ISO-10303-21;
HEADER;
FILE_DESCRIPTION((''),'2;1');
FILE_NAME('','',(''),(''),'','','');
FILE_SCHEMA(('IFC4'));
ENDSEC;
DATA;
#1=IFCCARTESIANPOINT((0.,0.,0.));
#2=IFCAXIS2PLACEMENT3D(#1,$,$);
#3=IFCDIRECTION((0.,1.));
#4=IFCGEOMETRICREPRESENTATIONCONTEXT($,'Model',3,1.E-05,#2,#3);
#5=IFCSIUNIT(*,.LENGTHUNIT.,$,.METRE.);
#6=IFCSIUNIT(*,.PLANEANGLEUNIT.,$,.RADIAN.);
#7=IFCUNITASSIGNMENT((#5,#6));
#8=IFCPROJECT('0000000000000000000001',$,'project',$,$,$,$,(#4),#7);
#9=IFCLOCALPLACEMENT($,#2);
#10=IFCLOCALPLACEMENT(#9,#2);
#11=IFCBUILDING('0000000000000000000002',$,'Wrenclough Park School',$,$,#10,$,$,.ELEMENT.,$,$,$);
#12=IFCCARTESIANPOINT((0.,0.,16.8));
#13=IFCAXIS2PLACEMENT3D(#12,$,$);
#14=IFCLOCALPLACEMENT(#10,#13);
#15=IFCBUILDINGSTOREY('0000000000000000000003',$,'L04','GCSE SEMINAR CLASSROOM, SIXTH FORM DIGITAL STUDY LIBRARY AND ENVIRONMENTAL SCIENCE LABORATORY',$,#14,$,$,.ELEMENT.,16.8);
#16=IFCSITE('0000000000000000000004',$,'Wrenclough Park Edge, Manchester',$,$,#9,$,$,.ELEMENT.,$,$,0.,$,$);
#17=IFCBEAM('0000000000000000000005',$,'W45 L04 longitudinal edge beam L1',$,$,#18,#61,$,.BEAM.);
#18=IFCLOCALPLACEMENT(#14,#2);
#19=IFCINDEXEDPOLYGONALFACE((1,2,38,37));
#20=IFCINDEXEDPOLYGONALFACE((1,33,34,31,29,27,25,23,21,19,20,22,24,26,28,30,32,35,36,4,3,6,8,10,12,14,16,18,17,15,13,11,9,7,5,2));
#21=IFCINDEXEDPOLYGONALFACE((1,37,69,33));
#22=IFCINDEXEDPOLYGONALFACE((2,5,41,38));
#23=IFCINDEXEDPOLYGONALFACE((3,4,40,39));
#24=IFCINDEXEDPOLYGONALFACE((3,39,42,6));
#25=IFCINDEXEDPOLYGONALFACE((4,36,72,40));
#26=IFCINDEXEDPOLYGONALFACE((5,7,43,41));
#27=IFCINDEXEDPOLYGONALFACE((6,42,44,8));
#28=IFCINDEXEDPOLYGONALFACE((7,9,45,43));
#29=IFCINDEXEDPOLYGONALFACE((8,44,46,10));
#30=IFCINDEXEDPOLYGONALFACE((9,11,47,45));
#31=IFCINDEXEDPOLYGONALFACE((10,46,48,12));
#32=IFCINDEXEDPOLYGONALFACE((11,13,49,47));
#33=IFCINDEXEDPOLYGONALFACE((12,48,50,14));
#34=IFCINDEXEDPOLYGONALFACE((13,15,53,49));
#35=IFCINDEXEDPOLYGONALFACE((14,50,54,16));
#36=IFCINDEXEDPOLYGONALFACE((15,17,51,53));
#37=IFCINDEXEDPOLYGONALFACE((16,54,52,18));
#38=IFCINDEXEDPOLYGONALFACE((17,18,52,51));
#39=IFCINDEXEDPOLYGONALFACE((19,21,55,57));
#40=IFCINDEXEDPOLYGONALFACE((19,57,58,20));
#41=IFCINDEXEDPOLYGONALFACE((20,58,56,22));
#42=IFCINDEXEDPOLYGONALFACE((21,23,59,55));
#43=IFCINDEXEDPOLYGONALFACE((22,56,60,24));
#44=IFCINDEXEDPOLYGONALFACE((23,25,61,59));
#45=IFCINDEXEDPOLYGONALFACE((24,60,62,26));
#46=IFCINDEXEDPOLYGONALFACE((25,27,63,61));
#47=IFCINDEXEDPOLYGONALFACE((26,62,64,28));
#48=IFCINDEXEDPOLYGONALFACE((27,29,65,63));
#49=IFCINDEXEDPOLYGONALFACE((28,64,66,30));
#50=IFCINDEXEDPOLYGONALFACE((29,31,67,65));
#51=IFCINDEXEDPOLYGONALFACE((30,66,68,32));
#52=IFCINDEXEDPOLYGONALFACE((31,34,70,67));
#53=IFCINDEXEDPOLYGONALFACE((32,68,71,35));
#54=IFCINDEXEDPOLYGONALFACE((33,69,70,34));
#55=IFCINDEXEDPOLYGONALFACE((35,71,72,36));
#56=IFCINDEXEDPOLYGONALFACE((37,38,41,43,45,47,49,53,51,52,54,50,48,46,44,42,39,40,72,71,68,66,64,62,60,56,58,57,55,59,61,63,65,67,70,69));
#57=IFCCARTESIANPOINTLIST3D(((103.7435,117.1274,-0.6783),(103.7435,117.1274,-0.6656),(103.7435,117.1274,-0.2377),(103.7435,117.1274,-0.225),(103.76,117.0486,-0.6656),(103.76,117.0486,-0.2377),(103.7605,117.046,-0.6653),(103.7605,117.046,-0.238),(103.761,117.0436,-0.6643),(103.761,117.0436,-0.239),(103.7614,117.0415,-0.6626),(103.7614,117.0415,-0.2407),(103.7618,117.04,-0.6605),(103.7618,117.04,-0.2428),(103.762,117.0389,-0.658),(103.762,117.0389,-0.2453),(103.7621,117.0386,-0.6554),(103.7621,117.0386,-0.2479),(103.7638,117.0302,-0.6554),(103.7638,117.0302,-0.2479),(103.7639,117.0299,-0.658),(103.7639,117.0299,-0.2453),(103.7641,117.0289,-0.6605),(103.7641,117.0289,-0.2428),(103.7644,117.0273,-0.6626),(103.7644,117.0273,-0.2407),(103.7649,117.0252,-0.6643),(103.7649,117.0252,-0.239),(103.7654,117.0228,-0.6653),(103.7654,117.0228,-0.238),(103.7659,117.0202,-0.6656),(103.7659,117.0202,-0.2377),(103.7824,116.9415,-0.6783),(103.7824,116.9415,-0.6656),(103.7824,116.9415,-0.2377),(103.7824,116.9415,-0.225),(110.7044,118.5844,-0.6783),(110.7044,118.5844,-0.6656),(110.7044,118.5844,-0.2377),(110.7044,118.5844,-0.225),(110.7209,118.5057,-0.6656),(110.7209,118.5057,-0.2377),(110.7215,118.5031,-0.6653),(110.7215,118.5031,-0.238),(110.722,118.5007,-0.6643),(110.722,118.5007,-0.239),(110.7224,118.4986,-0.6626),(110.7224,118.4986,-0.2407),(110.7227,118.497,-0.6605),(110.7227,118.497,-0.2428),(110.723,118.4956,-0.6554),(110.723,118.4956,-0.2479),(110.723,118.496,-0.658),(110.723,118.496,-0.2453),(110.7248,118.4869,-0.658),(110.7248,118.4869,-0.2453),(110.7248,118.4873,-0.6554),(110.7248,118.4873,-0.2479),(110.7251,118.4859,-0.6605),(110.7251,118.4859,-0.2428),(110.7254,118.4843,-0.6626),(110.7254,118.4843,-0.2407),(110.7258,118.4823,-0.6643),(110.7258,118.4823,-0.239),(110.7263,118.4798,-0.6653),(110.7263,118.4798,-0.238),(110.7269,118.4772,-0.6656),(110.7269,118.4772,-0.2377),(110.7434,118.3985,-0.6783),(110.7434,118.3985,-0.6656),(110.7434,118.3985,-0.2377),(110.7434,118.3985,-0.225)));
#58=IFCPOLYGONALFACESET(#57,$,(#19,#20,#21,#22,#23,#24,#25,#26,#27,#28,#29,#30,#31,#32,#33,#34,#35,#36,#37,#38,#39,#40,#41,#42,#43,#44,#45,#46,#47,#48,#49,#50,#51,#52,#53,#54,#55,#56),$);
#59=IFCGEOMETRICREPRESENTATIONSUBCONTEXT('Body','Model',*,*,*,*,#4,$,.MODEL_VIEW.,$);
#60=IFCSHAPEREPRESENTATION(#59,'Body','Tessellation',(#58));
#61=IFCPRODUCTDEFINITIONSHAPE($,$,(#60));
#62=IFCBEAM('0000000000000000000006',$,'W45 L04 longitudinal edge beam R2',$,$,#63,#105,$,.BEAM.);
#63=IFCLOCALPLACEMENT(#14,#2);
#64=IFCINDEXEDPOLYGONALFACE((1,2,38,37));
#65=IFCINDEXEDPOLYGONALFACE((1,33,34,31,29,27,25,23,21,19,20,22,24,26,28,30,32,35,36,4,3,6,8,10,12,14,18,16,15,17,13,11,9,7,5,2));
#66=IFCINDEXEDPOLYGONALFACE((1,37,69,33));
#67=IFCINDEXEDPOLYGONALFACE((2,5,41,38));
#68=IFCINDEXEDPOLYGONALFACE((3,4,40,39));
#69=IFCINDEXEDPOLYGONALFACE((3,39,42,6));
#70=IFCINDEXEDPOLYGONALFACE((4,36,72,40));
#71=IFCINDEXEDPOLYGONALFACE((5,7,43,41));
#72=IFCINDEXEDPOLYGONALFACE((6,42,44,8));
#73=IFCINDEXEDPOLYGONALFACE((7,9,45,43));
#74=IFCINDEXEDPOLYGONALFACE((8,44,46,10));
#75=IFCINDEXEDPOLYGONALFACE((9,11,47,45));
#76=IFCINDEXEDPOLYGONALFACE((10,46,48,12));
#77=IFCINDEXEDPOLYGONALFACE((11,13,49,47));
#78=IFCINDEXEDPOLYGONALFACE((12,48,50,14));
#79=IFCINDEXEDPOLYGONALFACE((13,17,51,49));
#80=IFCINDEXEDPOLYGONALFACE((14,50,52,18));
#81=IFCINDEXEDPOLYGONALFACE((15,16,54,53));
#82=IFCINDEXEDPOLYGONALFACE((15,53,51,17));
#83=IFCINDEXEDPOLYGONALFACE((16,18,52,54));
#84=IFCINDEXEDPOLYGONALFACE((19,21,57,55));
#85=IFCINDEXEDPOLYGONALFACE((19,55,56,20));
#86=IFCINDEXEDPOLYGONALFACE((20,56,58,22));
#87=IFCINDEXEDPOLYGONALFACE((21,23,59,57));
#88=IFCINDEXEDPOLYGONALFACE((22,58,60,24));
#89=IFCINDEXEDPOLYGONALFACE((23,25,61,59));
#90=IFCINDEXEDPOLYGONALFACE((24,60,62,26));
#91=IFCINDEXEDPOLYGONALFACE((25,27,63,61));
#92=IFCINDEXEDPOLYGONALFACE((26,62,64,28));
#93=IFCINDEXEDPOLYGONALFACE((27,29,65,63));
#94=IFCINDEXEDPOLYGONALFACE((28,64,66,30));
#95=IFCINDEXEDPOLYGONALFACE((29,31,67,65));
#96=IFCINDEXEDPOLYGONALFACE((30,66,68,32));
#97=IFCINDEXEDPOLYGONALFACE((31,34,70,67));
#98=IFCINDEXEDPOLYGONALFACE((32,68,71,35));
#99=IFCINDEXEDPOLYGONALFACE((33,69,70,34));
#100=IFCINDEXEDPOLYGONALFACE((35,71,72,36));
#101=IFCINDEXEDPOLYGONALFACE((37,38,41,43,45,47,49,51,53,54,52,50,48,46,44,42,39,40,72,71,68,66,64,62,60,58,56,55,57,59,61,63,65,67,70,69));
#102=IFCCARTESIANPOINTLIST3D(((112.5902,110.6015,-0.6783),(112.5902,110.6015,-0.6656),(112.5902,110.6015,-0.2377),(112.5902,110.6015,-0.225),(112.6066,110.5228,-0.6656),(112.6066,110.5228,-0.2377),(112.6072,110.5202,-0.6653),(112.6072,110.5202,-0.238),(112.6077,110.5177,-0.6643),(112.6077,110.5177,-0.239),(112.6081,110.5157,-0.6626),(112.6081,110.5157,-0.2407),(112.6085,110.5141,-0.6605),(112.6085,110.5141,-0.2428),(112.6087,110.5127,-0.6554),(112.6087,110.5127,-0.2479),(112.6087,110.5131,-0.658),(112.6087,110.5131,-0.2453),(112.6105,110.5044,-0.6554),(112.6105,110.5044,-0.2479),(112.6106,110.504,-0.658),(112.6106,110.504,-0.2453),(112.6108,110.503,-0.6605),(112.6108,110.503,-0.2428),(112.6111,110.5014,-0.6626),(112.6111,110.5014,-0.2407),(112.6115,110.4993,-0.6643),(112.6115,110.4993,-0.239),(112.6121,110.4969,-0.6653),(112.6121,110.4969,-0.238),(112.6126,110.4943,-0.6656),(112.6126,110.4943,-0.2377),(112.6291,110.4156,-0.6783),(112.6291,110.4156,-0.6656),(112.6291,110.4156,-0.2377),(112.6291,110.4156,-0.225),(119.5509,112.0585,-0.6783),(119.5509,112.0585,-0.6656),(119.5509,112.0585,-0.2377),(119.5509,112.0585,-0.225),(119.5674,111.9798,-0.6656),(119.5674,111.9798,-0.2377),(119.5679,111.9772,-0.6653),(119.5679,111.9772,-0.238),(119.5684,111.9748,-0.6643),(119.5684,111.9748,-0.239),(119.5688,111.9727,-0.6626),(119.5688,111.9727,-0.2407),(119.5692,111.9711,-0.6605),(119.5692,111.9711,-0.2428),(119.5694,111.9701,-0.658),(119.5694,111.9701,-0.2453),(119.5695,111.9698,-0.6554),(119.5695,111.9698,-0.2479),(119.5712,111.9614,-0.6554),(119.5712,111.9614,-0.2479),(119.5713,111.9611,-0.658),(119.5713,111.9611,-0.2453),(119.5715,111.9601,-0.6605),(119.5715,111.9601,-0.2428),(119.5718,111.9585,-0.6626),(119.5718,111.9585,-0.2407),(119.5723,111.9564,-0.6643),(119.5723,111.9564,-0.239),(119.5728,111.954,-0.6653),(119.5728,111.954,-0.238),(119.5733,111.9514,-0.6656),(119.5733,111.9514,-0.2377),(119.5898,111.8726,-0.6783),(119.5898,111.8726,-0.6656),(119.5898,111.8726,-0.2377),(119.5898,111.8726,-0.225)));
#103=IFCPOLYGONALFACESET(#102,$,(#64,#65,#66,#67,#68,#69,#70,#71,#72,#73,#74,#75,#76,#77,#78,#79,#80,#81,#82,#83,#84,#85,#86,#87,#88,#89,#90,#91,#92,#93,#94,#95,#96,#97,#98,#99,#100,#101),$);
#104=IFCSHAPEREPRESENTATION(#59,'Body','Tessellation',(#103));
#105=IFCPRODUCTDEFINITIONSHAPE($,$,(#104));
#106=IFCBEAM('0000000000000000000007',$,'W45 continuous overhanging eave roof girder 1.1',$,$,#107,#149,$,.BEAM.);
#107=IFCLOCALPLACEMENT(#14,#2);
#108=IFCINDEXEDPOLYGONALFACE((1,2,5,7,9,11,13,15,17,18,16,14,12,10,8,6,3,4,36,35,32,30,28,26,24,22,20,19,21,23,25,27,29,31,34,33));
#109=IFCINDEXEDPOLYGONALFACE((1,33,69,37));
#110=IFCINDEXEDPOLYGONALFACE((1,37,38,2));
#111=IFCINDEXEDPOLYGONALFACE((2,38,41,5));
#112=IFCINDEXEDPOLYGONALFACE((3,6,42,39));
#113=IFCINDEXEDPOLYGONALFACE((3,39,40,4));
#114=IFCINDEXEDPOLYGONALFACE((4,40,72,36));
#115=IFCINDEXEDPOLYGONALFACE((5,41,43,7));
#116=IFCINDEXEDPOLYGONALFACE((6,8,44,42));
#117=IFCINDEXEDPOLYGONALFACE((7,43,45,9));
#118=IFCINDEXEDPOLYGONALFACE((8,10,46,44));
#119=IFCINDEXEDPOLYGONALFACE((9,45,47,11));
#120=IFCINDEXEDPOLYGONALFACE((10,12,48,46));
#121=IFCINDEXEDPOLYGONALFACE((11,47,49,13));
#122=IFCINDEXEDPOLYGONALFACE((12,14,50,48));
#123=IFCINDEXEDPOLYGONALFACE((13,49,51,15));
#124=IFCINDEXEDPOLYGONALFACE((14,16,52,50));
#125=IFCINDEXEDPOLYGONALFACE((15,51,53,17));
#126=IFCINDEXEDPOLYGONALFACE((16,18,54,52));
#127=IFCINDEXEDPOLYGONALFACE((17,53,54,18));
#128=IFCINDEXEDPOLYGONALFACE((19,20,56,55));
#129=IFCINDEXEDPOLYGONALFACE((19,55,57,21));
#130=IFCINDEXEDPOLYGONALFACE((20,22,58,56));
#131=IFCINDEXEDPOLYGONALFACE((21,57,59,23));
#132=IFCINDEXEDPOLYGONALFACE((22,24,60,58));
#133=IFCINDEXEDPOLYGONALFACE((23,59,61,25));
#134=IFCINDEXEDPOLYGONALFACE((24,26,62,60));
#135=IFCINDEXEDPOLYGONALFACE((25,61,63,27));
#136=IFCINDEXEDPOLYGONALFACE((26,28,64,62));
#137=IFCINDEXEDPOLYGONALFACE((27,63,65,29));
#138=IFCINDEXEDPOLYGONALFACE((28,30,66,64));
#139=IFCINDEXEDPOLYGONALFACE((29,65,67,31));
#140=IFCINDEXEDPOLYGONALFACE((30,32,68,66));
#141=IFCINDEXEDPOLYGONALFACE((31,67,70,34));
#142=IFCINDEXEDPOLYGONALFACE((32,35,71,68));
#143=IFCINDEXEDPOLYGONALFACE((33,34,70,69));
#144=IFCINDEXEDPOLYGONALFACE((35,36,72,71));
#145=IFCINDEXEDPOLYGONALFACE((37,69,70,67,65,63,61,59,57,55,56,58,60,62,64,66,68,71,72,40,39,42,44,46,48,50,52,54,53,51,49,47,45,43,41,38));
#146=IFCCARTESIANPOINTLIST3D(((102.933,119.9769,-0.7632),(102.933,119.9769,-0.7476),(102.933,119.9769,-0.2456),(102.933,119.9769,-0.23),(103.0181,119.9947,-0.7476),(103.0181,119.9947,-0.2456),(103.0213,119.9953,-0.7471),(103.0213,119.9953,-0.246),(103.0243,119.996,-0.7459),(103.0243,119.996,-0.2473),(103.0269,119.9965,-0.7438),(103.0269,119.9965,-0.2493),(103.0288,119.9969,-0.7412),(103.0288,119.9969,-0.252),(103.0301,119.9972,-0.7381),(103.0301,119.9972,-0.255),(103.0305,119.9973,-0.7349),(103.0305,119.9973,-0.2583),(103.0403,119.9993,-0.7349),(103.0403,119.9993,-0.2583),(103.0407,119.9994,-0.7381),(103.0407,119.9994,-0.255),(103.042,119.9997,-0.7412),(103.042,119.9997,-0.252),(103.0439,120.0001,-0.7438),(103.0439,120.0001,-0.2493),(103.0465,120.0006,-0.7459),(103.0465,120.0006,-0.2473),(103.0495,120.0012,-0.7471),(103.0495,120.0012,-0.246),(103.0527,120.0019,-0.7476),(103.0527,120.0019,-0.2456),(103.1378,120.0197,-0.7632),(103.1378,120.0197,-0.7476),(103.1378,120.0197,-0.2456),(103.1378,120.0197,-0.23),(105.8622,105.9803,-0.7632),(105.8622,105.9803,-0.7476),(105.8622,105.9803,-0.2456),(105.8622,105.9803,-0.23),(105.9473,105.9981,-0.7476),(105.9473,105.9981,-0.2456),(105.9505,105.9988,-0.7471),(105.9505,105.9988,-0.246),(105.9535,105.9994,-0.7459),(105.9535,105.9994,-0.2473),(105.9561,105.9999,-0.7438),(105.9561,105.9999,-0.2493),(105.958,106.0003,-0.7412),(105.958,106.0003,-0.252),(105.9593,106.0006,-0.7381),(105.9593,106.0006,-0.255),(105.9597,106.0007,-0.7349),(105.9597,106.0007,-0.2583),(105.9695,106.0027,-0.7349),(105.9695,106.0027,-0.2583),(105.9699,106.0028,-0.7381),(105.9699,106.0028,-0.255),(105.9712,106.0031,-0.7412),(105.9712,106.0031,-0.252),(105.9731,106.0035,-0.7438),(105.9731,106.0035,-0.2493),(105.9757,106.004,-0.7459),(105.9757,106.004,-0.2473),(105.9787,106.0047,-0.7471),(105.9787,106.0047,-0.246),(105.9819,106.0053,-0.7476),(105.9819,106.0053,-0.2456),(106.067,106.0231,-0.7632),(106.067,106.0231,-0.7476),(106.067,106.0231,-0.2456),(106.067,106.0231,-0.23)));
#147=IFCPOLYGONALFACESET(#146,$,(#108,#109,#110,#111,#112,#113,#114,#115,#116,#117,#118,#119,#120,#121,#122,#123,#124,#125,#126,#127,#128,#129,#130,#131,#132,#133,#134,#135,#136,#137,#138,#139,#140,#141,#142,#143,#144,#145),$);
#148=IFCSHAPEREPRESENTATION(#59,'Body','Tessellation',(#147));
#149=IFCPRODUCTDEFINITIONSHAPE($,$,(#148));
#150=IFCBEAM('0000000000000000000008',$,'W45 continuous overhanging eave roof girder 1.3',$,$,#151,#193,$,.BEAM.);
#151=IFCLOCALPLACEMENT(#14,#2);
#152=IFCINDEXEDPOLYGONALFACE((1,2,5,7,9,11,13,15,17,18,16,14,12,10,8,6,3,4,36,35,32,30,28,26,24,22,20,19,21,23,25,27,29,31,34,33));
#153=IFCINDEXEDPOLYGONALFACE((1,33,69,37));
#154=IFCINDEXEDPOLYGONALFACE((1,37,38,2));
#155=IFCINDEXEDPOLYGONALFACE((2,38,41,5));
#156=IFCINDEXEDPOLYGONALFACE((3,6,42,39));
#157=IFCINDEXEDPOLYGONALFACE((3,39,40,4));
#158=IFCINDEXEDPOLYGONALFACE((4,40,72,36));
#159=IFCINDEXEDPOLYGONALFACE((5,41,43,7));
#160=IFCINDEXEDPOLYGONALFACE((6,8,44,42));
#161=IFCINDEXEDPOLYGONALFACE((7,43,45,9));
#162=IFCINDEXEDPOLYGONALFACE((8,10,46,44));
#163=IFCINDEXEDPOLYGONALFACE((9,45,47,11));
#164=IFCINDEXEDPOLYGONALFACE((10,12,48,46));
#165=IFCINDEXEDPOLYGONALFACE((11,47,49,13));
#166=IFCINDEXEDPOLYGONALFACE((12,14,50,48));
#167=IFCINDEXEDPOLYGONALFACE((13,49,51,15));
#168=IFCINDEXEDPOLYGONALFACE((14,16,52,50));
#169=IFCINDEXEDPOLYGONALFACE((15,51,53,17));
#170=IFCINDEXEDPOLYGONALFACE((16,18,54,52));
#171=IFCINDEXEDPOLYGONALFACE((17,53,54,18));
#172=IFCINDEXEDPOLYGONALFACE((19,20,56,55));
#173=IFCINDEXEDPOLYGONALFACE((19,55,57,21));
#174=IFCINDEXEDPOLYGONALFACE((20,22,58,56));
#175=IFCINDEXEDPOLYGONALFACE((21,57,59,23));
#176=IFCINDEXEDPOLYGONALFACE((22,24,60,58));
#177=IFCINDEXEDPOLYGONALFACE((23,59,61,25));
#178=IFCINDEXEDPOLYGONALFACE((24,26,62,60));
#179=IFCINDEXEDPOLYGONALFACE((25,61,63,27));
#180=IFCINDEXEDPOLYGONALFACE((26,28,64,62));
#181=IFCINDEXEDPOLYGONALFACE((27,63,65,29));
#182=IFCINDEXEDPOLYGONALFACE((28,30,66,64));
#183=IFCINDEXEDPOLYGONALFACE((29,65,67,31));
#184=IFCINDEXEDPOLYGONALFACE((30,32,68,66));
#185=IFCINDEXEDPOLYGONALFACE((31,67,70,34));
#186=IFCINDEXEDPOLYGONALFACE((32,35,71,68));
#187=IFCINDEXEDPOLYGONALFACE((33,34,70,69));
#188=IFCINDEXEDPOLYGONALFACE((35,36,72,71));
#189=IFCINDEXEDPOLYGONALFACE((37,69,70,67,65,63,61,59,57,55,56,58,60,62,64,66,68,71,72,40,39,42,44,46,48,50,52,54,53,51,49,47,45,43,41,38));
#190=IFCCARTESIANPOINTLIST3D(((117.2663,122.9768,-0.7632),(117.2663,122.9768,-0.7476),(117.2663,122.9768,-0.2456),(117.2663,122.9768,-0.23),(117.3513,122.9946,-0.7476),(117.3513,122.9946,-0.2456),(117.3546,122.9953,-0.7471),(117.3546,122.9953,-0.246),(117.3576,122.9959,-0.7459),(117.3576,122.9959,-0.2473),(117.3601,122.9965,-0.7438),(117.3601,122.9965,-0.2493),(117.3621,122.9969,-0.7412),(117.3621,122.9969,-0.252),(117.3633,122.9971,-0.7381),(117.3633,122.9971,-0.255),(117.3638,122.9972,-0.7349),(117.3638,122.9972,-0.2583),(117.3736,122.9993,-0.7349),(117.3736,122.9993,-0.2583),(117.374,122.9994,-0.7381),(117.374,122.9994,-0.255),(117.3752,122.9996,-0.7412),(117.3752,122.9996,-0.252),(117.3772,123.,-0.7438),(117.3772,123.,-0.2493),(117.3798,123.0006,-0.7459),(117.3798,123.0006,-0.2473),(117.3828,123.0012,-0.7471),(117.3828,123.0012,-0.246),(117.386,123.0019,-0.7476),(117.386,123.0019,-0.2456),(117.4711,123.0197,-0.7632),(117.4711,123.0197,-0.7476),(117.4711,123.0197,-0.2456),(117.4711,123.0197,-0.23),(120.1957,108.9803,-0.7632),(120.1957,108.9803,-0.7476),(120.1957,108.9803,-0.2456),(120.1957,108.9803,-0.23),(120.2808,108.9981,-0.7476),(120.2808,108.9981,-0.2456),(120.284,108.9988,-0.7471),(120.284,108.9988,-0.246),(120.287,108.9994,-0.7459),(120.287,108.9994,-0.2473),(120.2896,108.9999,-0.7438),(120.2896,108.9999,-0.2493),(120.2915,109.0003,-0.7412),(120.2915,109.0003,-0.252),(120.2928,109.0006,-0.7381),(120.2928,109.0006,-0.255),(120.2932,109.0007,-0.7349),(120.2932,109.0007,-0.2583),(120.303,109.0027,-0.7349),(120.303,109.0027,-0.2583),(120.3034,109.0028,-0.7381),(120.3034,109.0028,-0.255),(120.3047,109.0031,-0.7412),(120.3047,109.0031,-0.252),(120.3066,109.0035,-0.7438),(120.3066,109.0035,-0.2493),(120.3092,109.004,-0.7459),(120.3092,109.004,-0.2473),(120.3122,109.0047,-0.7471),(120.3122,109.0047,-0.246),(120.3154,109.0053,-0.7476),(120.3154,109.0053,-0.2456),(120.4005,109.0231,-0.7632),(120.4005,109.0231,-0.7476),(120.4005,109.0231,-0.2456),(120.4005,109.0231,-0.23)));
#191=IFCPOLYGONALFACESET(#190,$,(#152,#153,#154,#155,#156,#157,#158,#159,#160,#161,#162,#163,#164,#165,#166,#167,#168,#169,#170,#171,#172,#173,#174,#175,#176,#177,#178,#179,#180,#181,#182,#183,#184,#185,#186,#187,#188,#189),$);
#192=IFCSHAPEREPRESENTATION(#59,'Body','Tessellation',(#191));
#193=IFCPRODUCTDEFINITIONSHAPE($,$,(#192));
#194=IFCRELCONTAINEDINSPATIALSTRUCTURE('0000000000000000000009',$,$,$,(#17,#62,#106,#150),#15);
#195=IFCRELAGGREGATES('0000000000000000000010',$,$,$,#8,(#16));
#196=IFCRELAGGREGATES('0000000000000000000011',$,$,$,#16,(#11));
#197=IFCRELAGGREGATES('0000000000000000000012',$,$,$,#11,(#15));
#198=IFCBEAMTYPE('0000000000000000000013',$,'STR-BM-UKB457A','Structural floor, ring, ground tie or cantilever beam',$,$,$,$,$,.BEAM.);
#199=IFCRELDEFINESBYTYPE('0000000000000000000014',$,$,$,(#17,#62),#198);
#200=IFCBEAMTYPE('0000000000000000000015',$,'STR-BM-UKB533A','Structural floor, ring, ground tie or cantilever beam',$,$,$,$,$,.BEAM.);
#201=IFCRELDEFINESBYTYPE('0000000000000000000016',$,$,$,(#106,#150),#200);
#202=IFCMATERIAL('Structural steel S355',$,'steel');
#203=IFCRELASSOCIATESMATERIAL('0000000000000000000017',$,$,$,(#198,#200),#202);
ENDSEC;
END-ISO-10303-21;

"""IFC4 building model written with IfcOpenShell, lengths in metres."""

from ifc_helpers import new_model, si_unit, direction, frame, origin, origin_2d, place, context, subcontext, project, spatial, i_section, extrude, material, material_profile, profile_set, type_object, element, save


model = new_model("IFC4")

# Units and contexts
model_context = context("Model", 3, precision=1e-05, world=origin(), true_north=direction((0.0, 1.0)))
body_context = subcontext(model_context, "Body", "Model", "MODEL_VIEW")
ifc_project = project(units=[si_unit("LENGTHUNIT", "METRE"), si_unit("PLANEANGLEUNIT", "RADIAN")], contexts=[model_context])

# Site, building, storey
site_placement = place(None, origin())
site = spatial("IfcSite", under=ifc_project, at=site_placement, Name="Wrenclough Park Edge, Manchester", CompositionType="ELEMENT", RefElevation=0.0)
building_placement = place(site_placement, origin())
building = spatial("IfcBuilding", under=site, at=building_placement, Name="Wrenclough Park School", CompositionType="ELEMENT")
storey_placement = place(building_placement, frame((0.0, 0.0, 16.8)))
storey = spatial("IfcBuildingStorey", under=building, at=storey_placement, Name="L04", Description="GCSE SEMINAR CLASSROOM, SIXTH FORM DIGITAL STUDY LIBRARY AND ENVIRONMENTAL SCIENCE LABORATORY", CompositionType="ELEMENT", Elevation=16.8)

# Shared definitions
ifc_material_1 = material(Name="Structural steel S355", Category="steel")

# Beams
ifc_material_profile_1 = material_profile(ifc_material_1, i_section(OverallWidth=0.1899, OverallDepth=0.4534, WebThickness=0.0085, FlangeThickness=0.0127, FilletRadius=0.0103, at=origin_2d()), Name="UKB 457x191x67")
ifc_profile_set_1 = profile_set([ifc_material_profile_1], Name="Structural steel S355")
beam_type_1 = type_object("IfcBeamType", Name="STR-BM-UKB457A", Description="Structural floor, ring, ground tie or cantilever beam", PredefinedType="BEAM", material=ifc_profile_set_1)
beam_1_placement = place(storey_placement, frame((103.7629, 117.0344, -0.4517), z_axis=(0.978788, 0.204875, 0.0), x_axis=(-0.204875, 0.978788, 0.0)))
element("IfcBeam", 1, at=beam_1_placement, inside=storey, type_object=beam_type_1, Name="W45 L04 longitudinal edge beam L1", PredefinedType="BEAM", context=body_context, shape_type="SweptSolid", body=[
    extrude(i_section(OverallWidth=0.1899, OverallDepth=0.4534, WebThickness=0.0085, FlangeThickness=0.0127, FilletRadius=0.0103, at=origin_2d()), origin(), (0.0, 0.0, 1.0), 7.1118),
])
beam_2_placement = place(storey_placement, frame((112.6096, 110.5085, -0.4517), z_axis=(0.978787, 0.204882, 0.0), x_axis=(-0.204882, 0.978787, 0.0)))
element("IfcBeam", 2, at=beam_2_placement, inside=storey, type_object=beam_type_1, Name="W45 L04 longitudinal edge beam R2", PredefinedType="BEAM", context=body_context, shape_type="SweptSolid", body=[
    extrude(i_section(OverallWidth=0.1899, OverallDepth=0.4534, WebThickness=0.0085, FlangeThickness=0.0127, FilletRadius=0.0103, at=origin_2d()), origin(), (0.0, 0.0, 1.0), 7.1116),
])
ifc_material_profile_2 = material_profile(ifc_material_1, i_section(OverallWidth=0.2092, OverallDepth=0.5332, WebThickness=0.01, FlangeThickness=0.0156, FilletRadius=0.0127, at=origin_2d()), Name="UKB 533x210x92")
ifc_profile_set_2 = profile_set([ifc_material_profile_2], Name="Structural steel S355")
beam_type_2 = type_object("IfcBeamType", Name="STR-BM-UKB533A", Description="Structural floor, ring, ground tie or cantilever beam", PredefinedType="BEAM", material=ifc_profile_set_2)
for number, where, z_axis, x_axis, name in (
    (3, (105.9646, 106.0017, -0.4966), (-0.204842, 0.978795, 0.0), (-0.978795, -0.204842, 0.0), "W45 continuous overhanging eave roof girder 1.1"),
    (4, (120.2981, 109.0017, -0.4966), (-0.204858, 0.978792, 0.0), (-0.978792, -0.204858, 0.0), "W45 continuous overhanging eave roof girder 1.3"),
):
    element("IfcBeam", number, at=place(storey_placement, frame(where, z_axis=z_axis, x_axis=x_axis)), inside=storey, type_object=beam_type_2, Name=name, PredefinedType="BEAM", context=body_context, shape_type="SweptSolid", body=[
        extrude(i_section(OverallWidth=0.2092, OverallDepth=0.5332, WebThickness=0.01, FlangeThickness=0.0156, FilletRadius=0.0127, at=origin_2d()), origin(), (0.0, 0.0, 1.0), 14.2998),
    ])

save(model, "model.ifc")
